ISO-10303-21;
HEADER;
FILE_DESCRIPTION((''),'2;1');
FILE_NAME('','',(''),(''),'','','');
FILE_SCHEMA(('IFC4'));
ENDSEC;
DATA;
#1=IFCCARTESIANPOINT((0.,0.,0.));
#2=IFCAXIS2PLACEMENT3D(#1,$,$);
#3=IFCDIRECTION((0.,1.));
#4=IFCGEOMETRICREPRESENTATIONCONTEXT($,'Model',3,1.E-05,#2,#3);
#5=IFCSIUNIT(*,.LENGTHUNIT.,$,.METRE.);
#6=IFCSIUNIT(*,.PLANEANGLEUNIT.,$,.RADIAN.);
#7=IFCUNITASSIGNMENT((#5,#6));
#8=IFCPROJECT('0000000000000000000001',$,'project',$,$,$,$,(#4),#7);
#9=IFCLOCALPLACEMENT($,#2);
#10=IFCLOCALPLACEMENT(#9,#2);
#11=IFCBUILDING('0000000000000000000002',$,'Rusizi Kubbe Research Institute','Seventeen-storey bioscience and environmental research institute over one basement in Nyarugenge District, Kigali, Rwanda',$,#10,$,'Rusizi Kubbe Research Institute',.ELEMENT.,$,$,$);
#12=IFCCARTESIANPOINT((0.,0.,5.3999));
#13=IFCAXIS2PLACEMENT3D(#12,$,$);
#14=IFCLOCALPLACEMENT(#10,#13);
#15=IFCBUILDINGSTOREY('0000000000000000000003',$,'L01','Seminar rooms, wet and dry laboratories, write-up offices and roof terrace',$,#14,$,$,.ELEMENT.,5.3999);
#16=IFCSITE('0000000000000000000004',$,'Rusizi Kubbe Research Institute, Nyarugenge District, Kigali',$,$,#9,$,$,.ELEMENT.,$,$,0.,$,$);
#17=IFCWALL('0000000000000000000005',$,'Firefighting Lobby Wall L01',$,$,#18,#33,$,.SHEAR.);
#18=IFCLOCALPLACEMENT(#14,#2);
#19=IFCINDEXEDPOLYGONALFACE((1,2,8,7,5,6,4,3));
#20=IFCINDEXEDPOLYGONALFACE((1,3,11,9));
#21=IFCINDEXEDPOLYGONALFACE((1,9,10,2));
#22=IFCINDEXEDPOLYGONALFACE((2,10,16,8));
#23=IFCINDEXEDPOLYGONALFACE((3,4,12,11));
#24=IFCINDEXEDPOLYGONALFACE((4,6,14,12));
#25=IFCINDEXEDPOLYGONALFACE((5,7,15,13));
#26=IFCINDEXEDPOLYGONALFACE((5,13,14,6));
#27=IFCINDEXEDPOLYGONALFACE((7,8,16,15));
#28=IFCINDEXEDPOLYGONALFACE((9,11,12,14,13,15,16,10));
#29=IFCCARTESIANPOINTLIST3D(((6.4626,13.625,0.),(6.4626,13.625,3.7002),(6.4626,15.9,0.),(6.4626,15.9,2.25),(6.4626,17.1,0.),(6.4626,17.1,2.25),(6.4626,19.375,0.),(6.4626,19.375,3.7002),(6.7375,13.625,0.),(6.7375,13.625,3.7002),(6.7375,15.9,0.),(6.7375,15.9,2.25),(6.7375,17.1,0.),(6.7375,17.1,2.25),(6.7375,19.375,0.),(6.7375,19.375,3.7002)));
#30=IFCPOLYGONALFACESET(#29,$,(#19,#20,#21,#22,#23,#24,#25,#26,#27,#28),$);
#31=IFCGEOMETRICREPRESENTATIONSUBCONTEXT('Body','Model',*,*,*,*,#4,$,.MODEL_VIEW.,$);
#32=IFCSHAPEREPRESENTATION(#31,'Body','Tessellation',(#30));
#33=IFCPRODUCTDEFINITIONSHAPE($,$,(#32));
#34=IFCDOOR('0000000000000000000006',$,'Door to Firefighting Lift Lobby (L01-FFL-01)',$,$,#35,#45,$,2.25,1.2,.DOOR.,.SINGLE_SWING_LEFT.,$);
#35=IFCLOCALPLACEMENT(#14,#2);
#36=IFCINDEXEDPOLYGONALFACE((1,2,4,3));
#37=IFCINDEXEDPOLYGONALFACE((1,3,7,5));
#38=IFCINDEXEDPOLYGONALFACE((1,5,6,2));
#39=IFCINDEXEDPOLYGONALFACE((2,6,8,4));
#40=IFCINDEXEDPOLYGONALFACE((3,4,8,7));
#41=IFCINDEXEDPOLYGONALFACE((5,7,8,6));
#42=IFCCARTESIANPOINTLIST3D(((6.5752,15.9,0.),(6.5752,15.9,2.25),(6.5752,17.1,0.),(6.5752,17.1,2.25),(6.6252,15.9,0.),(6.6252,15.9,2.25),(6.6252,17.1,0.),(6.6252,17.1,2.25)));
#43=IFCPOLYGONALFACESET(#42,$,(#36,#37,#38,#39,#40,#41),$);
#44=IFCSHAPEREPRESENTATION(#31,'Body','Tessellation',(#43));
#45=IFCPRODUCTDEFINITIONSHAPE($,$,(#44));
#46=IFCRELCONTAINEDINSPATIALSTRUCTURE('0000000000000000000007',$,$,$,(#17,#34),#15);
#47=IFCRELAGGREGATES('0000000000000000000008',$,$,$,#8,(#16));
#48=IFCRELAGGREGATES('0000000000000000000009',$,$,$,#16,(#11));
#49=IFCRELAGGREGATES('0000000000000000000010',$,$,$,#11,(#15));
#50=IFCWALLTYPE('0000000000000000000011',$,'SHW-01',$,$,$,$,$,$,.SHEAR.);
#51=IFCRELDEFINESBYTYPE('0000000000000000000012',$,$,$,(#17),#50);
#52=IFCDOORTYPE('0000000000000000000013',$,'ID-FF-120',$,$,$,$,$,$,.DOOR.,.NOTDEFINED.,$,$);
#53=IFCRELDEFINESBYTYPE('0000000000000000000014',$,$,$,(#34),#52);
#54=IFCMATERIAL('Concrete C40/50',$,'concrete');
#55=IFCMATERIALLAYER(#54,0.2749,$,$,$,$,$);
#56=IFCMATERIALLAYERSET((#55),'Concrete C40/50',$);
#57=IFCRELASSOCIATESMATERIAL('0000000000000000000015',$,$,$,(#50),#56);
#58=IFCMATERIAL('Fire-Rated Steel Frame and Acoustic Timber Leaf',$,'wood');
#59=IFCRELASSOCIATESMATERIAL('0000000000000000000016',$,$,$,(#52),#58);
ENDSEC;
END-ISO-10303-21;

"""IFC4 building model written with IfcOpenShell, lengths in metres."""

from ifc_helpers import new_model, si_unit, direction, frame, frame_2d, origin, place, context, subcontext, project, spatial, rectangle, extrude, material, layer, layer_set, type_object, element, fill, save


model = new_model("IFC4")

# Units and contexts
model_context = context("Model", 3, precision=1e-05, world=origin(), true_north=direction((0.0, 1.0)))
body_context = subcontext(model_context, "Body", "Model", "MODEL_VIEW")
ifc_project = project(units=[si_unit("LENGTHUNIT", "METRE"), si_unit("PLANEANGLEUNIT", "RADIAN")], contexts=[model_context])

# Site, building, storey
site_placement = place(None, origin())
site = spatial("IfcSite", under=ifc_project, at=site_placement, Name="Rusizi Kubbe Research Institute, Nyarugenge District, Kigali", CompositionType="ELEMENT", RefElevation=0.0)
building_placement = place(site_placement, origin())
building = spatial("IfcBuilding", under=site, at=building_placement, Name="Rusizi Kubbe Research Institute", Description="Seventeen-storey bioscience and environmental research institute over one basement in Nyarugenge District, Kigali, Rwanda", LongName="Rusizi Kubbe Research Institute", CompositionType="ELEMENT")
storey_placement = place(building_placement, frame((0.0, 0.0, 5.3999)))
storey = spatial("IfcBuildingStorey", under=building, at=storey_placement, Name="L01", Description="Seminar rooms, wet and dry laboratories, write-up offices and roof terrace", CompositionType="ELEMENT", Elevation=5.3999)

# Wall, opening, door
ifc_material_1 = material(Name="Concrete C40/50", Category="concrete")
ifc_layer_1 = layer(ifc_material_1, 0.2749)
ifc_layer_set_1 = layer_set([ifc_layer_1], Name="Concrete C40/50")
wall_type_1 = type_object("IfcWallType", Name="SHW-01", PredefinedType="SHEAR", material=ifc_layer_set_1)
wall_1_placement = place(storey_placement, frame((6.6001, 13.625, 0.0), z_axis=(0.0, 0.0, 1.0), x_axis=(0.0, 1.0, 0.0)))
wall_1 = element("IfcWall", 1, at=wall_1_placement, inside=storey, type_object=wall_type_1, Name="Firefighting Lobby Wall L01", PredefinedType="SHEAR", context=body_context, shape_type="SweptSolid", body=[
    extrude(rectangle(XDim=5.75, YDim=0.2749, at=frame_2d((2.875, 0.0))), origin(), (0.0, 0.0, 1.0), 3.7002),
])
opening_1_placement = place(wall_1_placement, frame((2.2749, 0.0, 0.0)))
opening_1 = element("IfcOpeningElement", 2, at=opening_1_placement, cuts=wall_1, PredefinedType="OPENING", context=body_context, shape_type="SweptSolid", body=[
    extrude(rectangle(XDim=1.2, YDim=2.25, at=frame_2d((0.6001, 1.125))), frame((0.0, 0.1475, 0.0), z_axis=(0.0, -1.0, 0.0), x_axis=(1.0, 0.0, 0.0)), (0.0, 0.0, 1.0), 0.2949),
])
ifc_material_2 = material(Name="Fire-Rated Steel Frame and Acoustic Timber Leaf", Category="wood")
door_type_1 = type_object("IfcDoorType", Name="ID-FF-120", OperationType="NOTDEFINED", PredefinedType="DOOR", material=ifc_material_2)
door_1_placement = place(opening_1_placement, origin())
door_1 = element("IfcDoor", 3, at=door_1_placement, inside=storey, type_object=door_type_1, Name="Door to Firefighting Lift Lobby (L01-FFL-01)", OperationType="SINGLE_SWING_LEFT", OverallHeight=2.25, OverallWidth=1.2, PredefinedType="DOOR", context=body_context, shape_type="SweptSolid", body=[
    extrude(rectangle(XDim=1.2, YDim=2.25, at=frame_2d((0.6001, 1.125))), frame((0.0, 0.0249, 0.0), z_axis=(0.0, -1.0, 0.0), x_axis=(1.0, 0.0, 0.0)), (0.0, 0.0, 1.0), 0.05),
])
fill(opening_1, door_1)

save(model, "model.ifc")
